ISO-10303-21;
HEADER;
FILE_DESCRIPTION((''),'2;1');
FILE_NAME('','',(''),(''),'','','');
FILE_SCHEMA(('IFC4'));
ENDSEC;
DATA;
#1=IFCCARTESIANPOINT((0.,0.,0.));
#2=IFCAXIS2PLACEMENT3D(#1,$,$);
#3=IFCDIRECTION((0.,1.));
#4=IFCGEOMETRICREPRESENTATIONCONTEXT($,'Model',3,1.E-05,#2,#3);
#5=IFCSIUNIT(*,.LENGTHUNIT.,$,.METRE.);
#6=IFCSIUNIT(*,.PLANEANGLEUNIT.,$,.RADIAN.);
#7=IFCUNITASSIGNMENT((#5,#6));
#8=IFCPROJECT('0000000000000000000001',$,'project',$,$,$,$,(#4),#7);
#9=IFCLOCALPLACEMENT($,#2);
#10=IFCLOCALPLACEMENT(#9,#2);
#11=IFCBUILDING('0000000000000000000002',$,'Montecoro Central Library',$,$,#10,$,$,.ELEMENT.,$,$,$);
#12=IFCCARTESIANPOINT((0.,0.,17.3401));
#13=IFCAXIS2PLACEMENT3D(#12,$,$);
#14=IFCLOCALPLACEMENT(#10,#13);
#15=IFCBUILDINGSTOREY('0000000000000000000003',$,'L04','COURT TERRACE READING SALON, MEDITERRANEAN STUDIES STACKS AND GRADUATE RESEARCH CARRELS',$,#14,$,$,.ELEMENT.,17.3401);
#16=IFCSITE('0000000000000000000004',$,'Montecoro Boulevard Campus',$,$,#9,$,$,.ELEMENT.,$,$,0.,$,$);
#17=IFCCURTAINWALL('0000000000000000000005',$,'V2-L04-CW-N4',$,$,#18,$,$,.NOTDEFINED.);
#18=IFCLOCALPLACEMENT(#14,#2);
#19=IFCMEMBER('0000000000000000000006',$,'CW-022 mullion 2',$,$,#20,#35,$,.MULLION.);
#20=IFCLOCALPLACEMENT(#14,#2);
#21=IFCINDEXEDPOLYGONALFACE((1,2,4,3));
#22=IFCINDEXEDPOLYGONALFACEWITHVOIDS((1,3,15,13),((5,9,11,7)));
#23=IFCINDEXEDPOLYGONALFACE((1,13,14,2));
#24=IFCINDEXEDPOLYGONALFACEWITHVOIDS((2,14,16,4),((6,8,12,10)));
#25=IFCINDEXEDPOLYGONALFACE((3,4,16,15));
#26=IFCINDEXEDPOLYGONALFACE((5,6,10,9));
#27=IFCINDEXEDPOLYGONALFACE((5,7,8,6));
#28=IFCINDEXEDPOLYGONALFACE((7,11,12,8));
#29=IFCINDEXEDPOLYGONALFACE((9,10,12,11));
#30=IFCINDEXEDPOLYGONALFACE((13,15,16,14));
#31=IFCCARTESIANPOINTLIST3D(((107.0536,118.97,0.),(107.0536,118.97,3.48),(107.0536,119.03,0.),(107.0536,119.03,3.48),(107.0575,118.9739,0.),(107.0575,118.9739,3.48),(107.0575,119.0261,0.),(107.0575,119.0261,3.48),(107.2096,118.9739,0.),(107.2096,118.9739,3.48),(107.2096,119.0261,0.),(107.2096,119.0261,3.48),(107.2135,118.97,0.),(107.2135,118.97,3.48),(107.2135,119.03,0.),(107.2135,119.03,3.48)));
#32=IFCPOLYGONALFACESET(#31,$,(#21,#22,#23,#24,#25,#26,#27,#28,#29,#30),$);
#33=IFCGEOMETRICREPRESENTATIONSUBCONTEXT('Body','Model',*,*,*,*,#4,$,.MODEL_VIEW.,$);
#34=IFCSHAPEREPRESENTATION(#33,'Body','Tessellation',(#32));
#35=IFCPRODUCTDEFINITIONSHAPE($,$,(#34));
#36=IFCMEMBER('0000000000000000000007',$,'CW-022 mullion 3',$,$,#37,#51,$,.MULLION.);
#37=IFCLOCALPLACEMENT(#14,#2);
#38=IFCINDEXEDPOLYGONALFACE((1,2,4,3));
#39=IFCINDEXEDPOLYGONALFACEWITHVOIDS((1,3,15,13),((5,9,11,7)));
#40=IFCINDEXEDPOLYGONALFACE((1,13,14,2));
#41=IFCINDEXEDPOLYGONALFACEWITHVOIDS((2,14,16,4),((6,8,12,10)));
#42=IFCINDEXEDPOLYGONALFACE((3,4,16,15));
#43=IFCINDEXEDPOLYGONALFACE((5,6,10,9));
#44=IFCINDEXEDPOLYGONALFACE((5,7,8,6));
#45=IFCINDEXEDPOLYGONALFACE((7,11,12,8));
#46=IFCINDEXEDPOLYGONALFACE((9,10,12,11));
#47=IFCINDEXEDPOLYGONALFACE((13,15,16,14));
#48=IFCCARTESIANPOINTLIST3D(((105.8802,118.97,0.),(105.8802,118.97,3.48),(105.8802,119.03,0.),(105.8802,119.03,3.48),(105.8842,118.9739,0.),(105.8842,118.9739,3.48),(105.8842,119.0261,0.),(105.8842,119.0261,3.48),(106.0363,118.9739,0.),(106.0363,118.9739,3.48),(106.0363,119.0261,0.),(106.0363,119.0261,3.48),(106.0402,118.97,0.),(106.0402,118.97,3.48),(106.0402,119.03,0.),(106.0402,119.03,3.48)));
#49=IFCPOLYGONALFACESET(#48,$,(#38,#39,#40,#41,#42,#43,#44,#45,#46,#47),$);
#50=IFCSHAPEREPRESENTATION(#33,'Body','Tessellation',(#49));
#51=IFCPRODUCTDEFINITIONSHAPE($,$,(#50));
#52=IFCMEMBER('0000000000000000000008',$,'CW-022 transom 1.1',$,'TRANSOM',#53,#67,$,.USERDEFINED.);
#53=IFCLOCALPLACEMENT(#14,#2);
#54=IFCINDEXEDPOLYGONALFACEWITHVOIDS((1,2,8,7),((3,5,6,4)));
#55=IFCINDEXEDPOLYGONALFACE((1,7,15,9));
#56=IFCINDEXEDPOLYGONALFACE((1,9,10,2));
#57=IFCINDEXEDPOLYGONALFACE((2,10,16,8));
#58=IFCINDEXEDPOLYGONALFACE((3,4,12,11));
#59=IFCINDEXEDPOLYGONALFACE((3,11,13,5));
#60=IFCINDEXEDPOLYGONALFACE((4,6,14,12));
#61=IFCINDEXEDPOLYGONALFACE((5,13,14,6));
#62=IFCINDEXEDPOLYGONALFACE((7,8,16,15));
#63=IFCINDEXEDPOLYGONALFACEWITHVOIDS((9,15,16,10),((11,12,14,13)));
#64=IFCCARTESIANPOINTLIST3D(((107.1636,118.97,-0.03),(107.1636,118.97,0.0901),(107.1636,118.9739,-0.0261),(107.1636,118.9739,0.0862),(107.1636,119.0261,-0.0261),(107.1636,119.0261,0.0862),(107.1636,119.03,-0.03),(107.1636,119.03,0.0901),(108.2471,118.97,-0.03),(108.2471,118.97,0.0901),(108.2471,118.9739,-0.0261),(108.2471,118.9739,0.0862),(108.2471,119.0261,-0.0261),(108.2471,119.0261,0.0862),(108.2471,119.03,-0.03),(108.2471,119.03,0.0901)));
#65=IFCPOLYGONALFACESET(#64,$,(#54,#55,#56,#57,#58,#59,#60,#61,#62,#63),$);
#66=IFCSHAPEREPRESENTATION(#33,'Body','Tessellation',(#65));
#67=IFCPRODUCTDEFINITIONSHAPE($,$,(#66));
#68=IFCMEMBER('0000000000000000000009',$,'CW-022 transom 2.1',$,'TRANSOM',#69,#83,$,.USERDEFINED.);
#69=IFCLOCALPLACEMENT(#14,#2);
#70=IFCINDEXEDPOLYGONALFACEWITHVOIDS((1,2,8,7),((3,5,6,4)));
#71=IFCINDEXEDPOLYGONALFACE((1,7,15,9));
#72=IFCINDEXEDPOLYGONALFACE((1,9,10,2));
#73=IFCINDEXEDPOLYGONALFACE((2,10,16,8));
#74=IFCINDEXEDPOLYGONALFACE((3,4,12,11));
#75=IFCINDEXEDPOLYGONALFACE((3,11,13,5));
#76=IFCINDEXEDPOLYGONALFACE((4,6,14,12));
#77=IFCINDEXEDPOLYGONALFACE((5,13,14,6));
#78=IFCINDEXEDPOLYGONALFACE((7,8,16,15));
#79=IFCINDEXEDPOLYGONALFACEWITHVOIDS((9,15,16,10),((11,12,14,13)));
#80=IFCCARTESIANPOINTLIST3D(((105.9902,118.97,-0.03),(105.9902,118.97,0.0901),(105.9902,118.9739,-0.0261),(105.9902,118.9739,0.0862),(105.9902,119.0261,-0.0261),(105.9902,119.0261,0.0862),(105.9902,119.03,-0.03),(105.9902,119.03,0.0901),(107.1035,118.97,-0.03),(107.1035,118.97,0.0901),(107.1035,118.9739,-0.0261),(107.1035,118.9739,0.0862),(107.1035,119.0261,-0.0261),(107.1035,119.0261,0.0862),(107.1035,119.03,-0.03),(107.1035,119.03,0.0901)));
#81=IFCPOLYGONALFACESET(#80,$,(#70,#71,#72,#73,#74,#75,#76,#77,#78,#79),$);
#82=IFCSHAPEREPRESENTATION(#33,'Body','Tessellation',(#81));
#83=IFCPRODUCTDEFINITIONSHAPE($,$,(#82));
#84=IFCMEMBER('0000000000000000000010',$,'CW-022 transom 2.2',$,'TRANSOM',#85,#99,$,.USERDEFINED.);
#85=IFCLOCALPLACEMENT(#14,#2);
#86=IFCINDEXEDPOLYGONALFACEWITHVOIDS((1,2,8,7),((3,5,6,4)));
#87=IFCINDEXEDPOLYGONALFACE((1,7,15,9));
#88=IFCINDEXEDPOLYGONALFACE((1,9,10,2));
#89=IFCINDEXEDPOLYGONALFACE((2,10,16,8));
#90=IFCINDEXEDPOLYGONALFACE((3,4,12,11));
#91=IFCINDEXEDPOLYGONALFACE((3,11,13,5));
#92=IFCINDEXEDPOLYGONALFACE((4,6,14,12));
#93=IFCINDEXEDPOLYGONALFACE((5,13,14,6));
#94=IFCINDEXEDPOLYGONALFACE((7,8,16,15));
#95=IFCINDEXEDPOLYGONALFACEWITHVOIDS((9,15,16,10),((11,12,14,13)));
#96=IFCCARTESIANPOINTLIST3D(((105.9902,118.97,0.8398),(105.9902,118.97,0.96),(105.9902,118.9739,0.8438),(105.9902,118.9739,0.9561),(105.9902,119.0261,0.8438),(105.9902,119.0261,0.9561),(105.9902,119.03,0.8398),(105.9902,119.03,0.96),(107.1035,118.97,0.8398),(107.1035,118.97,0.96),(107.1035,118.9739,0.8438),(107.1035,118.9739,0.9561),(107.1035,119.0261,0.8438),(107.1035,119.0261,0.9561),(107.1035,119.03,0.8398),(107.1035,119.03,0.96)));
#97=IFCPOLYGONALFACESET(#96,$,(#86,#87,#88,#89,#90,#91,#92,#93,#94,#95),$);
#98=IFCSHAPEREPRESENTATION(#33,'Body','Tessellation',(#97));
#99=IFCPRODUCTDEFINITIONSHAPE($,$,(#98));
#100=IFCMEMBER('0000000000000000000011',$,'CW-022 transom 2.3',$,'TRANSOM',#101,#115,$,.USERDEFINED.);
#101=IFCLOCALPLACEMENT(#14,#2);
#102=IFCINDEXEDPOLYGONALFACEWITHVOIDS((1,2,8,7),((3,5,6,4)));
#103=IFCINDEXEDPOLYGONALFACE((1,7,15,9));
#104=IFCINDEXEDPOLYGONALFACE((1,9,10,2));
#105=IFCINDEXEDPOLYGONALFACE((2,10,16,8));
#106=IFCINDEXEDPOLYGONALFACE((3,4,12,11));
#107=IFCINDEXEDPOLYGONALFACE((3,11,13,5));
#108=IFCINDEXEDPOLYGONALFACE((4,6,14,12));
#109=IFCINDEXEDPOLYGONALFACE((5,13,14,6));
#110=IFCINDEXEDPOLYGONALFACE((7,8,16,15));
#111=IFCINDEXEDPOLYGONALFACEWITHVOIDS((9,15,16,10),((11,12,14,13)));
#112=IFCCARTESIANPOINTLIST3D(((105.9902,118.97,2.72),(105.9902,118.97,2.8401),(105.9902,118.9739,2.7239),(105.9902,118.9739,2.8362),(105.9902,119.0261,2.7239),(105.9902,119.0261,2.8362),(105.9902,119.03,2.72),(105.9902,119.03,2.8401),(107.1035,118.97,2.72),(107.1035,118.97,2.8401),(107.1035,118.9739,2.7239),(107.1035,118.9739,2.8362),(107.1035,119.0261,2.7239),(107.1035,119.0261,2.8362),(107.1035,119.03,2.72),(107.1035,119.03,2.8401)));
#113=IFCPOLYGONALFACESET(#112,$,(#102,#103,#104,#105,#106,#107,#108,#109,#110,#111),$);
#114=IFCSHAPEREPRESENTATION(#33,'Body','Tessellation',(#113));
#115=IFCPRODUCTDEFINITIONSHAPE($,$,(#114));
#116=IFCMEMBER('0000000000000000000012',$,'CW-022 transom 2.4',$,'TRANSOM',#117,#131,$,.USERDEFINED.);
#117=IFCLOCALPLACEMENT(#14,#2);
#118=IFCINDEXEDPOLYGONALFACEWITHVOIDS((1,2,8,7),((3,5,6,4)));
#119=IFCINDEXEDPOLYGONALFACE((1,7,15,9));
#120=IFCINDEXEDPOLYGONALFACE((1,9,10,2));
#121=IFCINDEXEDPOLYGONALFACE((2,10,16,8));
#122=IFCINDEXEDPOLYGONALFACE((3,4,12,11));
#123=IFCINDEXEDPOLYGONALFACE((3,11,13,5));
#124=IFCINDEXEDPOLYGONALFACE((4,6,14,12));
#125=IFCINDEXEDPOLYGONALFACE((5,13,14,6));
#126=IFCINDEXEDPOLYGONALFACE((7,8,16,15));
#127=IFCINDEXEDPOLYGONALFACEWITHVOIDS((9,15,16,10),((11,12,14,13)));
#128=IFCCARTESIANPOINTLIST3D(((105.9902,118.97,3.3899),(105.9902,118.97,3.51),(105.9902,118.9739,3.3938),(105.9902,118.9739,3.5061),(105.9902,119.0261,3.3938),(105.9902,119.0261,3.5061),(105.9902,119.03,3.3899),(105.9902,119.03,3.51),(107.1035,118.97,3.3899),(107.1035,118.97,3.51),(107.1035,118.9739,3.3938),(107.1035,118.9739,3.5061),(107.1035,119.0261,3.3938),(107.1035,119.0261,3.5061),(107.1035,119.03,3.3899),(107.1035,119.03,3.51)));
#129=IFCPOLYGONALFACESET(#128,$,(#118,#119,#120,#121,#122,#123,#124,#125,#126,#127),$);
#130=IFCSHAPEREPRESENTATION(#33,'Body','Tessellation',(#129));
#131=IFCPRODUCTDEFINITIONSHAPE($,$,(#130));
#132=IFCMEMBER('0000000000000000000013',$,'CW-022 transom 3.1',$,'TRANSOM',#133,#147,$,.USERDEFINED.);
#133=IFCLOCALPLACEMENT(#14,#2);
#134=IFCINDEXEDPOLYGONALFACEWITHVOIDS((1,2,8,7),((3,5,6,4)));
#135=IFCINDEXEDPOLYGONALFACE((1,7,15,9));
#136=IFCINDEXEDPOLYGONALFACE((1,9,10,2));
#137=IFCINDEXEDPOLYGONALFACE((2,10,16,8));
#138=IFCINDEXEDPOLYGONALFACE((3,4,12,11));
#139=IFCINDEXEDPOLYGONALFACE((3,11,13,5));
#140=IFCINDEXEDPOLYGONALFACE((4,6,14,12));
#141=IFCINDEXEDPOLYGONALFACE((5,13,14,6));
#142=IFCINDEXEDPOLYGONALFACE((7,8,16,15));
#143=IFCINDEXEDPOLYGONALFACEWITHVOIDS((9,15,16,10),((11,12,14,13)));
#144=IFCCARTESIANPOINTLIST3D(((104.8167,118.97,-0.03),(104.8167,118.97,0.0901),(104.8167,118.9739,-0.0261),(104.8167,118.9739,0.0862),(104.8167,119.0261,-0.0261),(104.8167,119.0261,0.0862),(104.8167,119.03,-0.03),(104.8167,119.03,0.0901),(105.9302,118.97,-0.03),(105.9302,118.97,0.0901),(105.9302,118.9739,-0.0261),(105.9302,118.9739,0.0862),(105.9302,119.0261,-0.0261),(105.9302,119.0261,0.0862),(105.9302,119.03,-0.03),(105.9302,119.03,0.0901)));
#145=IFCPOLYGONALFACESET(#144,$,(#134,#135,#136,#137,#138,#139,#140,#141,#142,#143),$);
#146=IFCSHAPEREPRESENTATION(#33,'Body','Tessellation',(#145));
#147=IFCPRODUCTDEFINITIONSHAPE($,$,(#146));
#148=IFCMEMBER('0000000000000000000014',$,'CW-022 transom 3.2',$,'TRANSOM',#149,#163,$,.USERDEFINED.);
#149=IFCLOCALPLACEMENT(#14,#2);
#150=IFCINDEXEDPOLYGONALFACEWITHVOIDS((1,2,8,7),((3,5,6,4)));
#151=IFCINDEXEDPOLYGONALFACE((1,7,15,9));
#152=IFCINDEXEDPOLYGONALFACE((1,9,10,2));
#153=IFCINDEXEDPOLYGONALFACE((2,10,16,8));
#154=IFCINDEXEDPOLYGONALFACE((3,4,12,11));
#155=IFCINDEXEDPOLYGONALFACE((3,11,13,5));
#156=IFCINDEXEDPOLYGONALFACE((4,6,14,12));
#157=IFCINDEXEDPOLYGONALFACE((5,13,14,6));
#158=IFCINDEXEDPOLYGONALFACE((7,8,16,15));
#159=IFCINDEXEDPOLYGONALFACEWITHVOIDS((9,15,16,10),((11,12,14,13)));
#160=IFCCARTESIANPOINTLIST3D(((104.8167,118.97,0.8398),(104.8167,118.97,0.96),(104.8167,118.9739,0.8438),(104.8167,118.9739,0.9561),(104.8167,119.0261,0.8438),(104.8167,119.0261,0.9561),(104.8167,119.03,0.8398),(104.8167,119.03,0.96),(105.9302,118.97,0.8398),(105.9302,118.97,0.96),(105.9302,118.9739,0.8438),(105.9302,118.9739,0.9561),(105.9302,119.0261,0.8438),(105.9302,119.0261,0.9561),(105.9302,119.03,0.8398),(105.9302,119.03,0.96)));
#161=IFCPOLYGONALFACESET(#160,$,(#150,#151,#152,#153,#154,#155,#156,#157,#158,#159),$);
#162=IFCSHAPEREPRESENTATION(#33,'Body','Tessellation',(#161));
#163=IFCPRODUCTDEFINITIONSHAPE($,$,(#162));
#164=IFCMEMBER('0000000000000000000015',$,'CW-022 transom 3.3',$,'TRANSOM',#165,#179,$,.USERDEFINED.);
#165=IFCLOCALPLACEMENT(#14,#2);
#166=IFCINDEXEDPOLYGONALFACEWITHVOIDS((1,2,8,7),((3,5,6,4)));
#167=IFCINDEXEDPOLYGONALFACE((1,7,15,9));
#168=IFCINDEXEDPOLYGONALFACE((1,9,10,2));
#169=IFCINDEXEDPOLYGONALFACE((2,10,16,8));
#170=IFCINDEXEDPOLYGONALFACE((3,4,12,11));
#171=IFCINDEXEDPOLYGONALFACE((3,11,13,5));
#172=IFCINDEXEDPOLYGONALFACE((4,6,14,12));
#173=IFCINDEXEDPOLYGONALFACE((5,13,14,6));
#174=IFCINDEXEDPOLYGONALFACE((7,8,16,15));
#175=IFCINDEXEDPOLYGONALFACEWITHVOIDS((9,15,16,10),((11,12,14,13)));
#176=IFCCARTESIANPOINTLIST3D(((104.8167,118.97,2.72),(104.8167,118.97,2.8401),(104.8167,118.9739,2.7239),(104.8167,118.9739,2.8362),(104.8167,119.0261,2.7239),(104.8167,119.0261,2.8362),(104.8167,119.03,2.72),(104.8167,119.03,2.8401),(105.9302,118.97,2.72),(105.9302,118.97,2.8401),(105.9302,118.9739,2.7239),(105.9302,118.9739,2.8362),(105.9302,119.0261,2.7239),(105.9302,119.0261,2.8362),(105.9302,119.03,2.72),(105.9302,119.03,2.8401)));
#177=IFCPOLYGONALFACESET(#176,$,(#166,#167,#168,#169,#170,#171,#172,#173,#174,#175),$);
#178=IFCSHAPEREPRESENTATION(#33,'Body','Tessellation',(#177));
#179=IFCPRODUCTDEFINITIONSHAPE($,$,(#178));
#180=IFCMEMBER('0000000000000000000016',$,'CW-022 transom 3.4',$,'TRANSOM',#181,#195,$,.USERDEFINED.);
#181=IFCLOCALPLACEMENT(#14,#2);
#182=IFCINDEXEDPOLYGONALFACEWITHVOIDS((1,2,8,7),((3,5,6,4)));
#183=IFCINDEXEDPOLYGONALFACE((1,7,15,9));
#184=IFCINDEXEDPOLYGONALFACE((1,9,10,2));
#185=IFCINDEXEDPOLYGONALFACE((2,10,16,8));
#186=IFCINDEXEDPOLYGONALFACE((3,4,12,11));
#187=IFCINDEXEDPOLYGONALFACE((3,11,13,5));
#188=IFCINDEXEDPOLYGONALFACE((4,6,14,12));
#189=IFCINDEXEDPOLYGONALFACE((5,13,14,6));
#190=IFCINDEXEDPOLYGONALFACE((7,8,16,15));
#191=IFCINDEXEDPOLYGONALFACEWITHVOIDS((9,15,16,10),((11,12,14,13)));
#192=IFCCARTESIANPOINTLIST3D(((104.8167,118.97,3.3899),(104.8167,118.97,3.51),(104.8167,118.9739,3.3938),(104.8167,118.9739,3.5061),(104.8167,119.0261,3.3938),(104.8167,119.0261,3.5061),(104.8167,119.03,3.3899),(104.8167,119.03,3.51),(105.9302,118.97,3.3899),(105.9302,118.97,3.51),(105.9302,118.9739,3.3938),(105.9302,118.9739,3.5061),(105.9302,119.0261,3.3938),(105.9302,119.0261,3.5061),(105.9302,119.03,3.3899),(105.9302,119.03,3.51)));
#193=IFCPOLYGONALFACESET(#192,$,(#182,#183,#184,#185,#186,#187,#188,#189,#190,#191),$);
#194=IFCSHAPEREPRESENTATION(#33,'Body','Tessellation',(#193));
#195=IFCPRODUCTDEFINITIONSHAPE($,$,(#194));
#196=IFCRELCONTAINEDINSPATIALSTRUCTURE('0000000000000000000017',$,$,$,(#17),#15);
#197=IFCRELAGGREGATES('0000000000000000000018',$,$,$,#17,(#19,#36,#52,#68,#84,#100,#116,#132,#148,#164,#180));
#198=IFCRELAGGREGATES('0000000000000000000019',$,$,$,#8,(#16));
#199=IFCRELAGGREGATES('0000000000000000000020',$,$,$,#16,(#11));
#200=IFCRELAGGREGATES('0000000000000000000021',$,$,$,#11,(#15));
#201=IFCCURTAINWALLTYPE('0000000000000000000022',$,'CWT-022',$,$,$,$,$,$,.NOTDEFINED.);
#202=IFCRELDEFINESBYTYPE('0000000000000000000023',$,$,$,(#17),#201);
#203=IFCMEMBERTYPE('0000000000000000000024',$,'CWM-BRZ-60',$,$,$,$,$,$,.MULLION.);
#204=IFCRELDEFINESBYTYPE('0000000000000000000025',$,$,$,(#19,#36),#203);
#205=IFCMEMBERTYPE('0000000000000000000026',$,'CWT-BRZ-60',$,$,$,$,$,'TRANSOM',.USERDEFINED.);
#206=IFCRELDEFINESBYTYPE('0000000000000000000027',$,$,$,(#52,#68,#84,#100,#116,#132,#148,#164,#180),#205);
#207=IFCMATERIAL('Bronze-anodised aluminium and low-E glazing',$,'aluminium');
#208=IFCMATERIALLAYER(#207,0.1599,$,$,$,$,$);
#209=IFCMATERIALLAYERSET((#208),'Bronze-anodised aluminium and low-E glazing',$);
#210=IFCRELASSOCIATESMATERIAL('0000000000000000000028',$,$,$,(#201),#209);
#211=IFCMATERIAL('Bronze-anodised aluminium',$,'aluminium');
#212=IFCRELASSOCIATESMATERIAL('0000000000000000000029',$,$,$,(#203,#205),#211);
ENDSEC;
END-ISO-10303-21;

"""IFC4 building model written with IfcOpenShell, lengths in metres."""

from ifc_helpers import new_model, si_unit, direction, frame, origin, origin_2d, place, context, subcontext, project, spatial, hollow_rectangle, extrude, material, layer, layer_set, material_profile, profile_set, type_object, element, aggregate, save


model = new_model("IFC4")

# Units and contexts
model_context = context("Model", 3, precision=1e-05, world=origin(), true_north=direction((0.0, 1.0)))
body_context = subcontext(model_context, "Body", "Model", "MODEL_VIEW")
ifc_project = project(units=[si_unit("LENGTHUNIT", "METRE"), si_unit("PLANEANGLEUNIT", "RADIAN")], contexts=[model_context])

# Site, building, storey
site_placement = place(None, origin())
site = spatial("IfcSite", under=ifc_project, at=site_placement, Name="Montecoro Boulevard Campus", CompositionType="ELEMENT", RefElevation=0.0)
building_placement = place(site_placement, origin())
building = spatial("IfcBuilding", under=site, at=building_placement, Name="Montecoro Central Library", CompositionType="ELEMENT")
storey_placement = place(building_placement, frame((0.0, 0.0, 17.3401)))
storey = spatial("IfcBuildingStorey", under=building, at=storey_placement, Name="L04", Description="COURT TERRACE READING SALON, MEDITERRANEAN STUDIES STACKS AND GRADUATE RESEARCH CARRELS", CompositionType="ELEMENT", Elevation=17.3401)

# Curtain wall, members
ifc_material_1 = material(Name="Bronze-anodised aluminium and low-E glazing", Category="aluminium")
ifc_layer_1 = layer(ifc_material_1, 0.1599)
ifc_layer_set_1 = layer_set([ifc_layer_1], Name="Bronze-anodised aluminium and low-E glazing")
curtain_wall_type = type_object("IfcCurtainWallType", Name="CWT-022", PredefinedType="NOTDEFINED", material=ifc_layer_set_1)
curtain_wall_placement = place(storey_placement, origin())
curtain_wall = element("IfcCurtainWall", 1, at=curtain_wall_placement, inside=storey, type_object=curtain_wall_type, Name="V2-L04-CW-N4", PredefinedType="NOTDEFINED")
ifc_material_2 = material(Name="Bronze-anodised aluminium", Category="aluminium")
ifc_material_profile_1 = material_profile(ifc_material_2, hollow_rectangle(XDim=0.0601, YDim=0.1599, WallThickness=0.0039, at=origin_2d()), Name="CWM 160x60x4.0")
ifc_profile_set_1 = profile_set([ifc_material_profile_1], Name="Bronze-anodised aluminium")
member_type_1 = type_object("IfcMemberType", Name="CWM-BRZ-60", PredefinedType="MULLION", material=ifc_profile_set_1)
member_1_placement = place(storey_placement, frame((107.1335, 119.0, 0.0), z_axis=(0.0, 0.0, 1.0), x_axis=(0.0, -1.0, 0.0)))
member_1 = element("IfcMember", 2, at=member_1_placement, type_object=member_type_1, Name="CW-022 mullion 2", PredefinedType="MULLION", context=body_context, shape_type="SweptSolid", body=[
    extrude(hollow_rectangle(XDim=0.0601, YDim=0.1599, WallThickness=0.0039, at=origin_2d()), origin(), (0.0, 0.0, 1.0), 3.48),
])
member_2_placement = place(storey_placement, frame((105.9602, 119.0, 0.0), z_axis=(0.0, 0.0, 1.0), x_axis=(0.0, -1.0, 0.0)))
member_2 = element("IfcMember", 3, at=member_2_placement, type_object=member_type_1, Name="CW-022 mullion 3", PredefinedType="MULLION", context=body_context, shape_type="SweptSolid", body=[
    extrude(hollow_rectangle(XDim=0.0601, YDim=0.1599, WallThickness=0.0039, at=origin_2d()), origin(), (0.0, 0.0, 1.0), 3.48),
])
ifc_material_profile_2 = material_profile(ifc_material_2, hollow_rectangle(XDim=0.0601, YDim=0.1201, WallThickness=0.0039, at=origin_2d()), Name="CWT 120x60x4.0")
ifc_profile_set_2 = profile_set([ifc_material_profile_2], Name="Bronze-anodised aluminium")
member_type_2 = type_object("IfcMemberType", Name="CWT-BRZ-60", ElementType="TRANSOM", PredefinedType="USERDEFINED", material=ifc_profile_set_2)
member_3_placement = place(storey_placement, frame((108.2471, 119.0, 0.03), z_axis=(-1.0, 0.0, 0.0), x_axis=(0.0, -1.0, 0.0)))
member_3 = element("IfcMember", 4, at=member_3_placement, type_object=member_type_2, Name="CW-022 transom 1.1", ObjectType="TRANSOM", PredefinedType="USERDEFINED", context=body_context, shape_type="SweptSolid", body=[
    extrude(hollow_rectangle(XDim=0.0601, YDim=0.1201, WallThickness=0.0039, at=origin_2d()), origin(), (0.0, 0.0, 1.0), 1.0835),
])
member_4_placement = place(storey_placement, frame((107.1035, 119.0, 0.03), z_axis=(-1.0, 0.0, 0.0), x_axis=(0.0, -1.0, 0.0)))
member_4 = element("IfcMember", 5, at=member_4_placement, type_object=member_type_2, Name="CW-022 transom 2.1", ObjectType="TRANSOM", PredefinedType="USERDEFINED", context=body_context, shape_type="SweptSolid", body=[
    extrude(hollow_rectangle(XDim=0.0601, YDim=0.1201, WallThickness=0.0039, at=origin_2d()), origin(), (0.0, 0.0, 1.0), 1.1133),
])
member_5_placement = place(storey_placement, frame((107.1035, 119.0, 0.8999), z_axis=(-1.0, 0.0, 0.0), x_axis=(0.0, -1.0, 0.0)))
member_5 = element("IfcMember", 6, at=member_5_placement, type_object=member_type_2, Name="CW-022 transom 2.2", ObjectType="TRANSOM", PredefinedType="USERDEFINED", context=body_context, shape_type="SweptSolid", body=[
    extrude(hollow_rectangle(XDim=0.0601, YDim=0.1201, WallThickness=0.0039, at=origin_2d()), origin(), (0.0, 0.0, 1.0), 1.1133),
])
member_6_placement = place(storey_placement, frame((107.1035, 119.0, 2.78), z_axis=(-1.0, 0.0, 0.0), x_axis=(0.0, -1.0, 0.0)))
member_6 = element("IfcMember", 7, at=member_6_placement, type_object=member_type_2, Name="CW-022 transom 2.3", ObjectType="TRANSOM", PredefinedType="USERDEFINED", context=body_context, shape_type="SweptSolid", body=[
    extrude(hollow_rectangle(XDim=0.0601, YDim=0.1201, WallThickness=0.0039, at=origin_2d()), origin(), (0.0, 0.0, 1.0), 1.1133),
])
member_7_placement = place(storey_placement, frame((107.1035, 119.0, 3.45), z_axis=(-1.0, 0.0, 0.0), x_axis=(0.0, -1.0, 0.0)))
member_7 = element("IfcMember", 8, at=member_7_placement, type_object=member_type_2, Name="CW-022 transom 2.4", ObjectType="TRANSOM", PredefinedType="USERDEFINED", context=body_context, shape_type="SweptSolid", body=[
    extrude(hollow_rectangle(XDim=0.0601, YDim=0.1201, WallThickness=0.0039, at=origin_2d()), origin(), (0.0, 0.0, 1.0), 1.1133),
])
member_8_placement = place(storey_placement, frame((105.9302, 119.0, 0.03), z_axis=(-1.0, 0.0, 0.0), x_axis=(0.0, -1.0, 0.0)))
member_8 = element("IfcMember", 9, at=member_8_placement, type_object=member_type_2, Name="CW-022 transom 3.1", ObjectType="TRANSOM", PredefinedType="USERDEFINED", context=body_context, shape_type="SweptSolid", body=[
    extrude(hollow_rectangle(XDim=0.0601, YDim=0.1201, WallThickness=0.0039, at=origin_2d()), origin(), (0.0, 0.0, 1.0), 1.1135),
])
member_9_placement = place(storey_placement, frame((105.9302, 119.0, 0.8999), z_axis=(-1.0, 0.0, 0.0), x_axis=(0.0, -1.0, 0.0)))
member_9 = element("IfcMember", 10, at=member_9_placement, type_object=member_type_2, Name="CW-022 transom 3.2", ObjectType="TRANSOM", PredefinedType="USERDEFINED", context=body_context, shape_type="SweptSolid", body=[
    extrude(hollow_rectangle(XDim=0.0601, YDim=0.1201, WallThickness=0.0039, at=origin_2d()), origin(), (0.0, 0.0, 1.0), 1.1135),
])
member_10_placement = place(storey_placement, frame((105.9302, 119.0, 2.78), z_axis=(-1.0, 0.0, 0.0), x_axis=(0.0, -1.0, 0.0)))
member_10 = element("IfcMember", 11, at=member_10_placement, type_object=member_type_2, Name="CW-022 transom 3.3", ObjectType="TRANSOM", PredefinedType="USERDEFINED", context=body_context, shape_type="SweptSolid", body=[
    extrude(hollow_rectangle(XDim=0.0601, YDim=0.1201, WallThickness=0.0039, at=origin_2d()), origin(), (0.0, 0.0, 1.0), 1.1135),
])
member_11_placement = place(storey_placement, frame((105.9302, 119.0, 3.45), z_axis=(-1.0, 0.0, 0.0), x_axis=(0.0, -1.0, 0.0)))
member_11 = element("IfcMember", 12, at=member_11_placement, type_object=member_type_2, Name="CW-022 transom 3.4", ObjectType="TRANSOM", PredefinedType="USERDEFINED", context=body_context, shape_type="SweptSolid", body=[
    extrude(hollow_rectangle(XDim=0.0601, YDim=0.1201, WallThickness=0.0039, at=origin_2d()), origin(), (0.0, 0.0, 1.0), 1.1135),
])
aggregate(curtain_wall, [member_1, member_2, member_3, member_4, member_5, member_6, member_7, member_8, member_9, member_10, member_11])

save(model, "model.ifc")
